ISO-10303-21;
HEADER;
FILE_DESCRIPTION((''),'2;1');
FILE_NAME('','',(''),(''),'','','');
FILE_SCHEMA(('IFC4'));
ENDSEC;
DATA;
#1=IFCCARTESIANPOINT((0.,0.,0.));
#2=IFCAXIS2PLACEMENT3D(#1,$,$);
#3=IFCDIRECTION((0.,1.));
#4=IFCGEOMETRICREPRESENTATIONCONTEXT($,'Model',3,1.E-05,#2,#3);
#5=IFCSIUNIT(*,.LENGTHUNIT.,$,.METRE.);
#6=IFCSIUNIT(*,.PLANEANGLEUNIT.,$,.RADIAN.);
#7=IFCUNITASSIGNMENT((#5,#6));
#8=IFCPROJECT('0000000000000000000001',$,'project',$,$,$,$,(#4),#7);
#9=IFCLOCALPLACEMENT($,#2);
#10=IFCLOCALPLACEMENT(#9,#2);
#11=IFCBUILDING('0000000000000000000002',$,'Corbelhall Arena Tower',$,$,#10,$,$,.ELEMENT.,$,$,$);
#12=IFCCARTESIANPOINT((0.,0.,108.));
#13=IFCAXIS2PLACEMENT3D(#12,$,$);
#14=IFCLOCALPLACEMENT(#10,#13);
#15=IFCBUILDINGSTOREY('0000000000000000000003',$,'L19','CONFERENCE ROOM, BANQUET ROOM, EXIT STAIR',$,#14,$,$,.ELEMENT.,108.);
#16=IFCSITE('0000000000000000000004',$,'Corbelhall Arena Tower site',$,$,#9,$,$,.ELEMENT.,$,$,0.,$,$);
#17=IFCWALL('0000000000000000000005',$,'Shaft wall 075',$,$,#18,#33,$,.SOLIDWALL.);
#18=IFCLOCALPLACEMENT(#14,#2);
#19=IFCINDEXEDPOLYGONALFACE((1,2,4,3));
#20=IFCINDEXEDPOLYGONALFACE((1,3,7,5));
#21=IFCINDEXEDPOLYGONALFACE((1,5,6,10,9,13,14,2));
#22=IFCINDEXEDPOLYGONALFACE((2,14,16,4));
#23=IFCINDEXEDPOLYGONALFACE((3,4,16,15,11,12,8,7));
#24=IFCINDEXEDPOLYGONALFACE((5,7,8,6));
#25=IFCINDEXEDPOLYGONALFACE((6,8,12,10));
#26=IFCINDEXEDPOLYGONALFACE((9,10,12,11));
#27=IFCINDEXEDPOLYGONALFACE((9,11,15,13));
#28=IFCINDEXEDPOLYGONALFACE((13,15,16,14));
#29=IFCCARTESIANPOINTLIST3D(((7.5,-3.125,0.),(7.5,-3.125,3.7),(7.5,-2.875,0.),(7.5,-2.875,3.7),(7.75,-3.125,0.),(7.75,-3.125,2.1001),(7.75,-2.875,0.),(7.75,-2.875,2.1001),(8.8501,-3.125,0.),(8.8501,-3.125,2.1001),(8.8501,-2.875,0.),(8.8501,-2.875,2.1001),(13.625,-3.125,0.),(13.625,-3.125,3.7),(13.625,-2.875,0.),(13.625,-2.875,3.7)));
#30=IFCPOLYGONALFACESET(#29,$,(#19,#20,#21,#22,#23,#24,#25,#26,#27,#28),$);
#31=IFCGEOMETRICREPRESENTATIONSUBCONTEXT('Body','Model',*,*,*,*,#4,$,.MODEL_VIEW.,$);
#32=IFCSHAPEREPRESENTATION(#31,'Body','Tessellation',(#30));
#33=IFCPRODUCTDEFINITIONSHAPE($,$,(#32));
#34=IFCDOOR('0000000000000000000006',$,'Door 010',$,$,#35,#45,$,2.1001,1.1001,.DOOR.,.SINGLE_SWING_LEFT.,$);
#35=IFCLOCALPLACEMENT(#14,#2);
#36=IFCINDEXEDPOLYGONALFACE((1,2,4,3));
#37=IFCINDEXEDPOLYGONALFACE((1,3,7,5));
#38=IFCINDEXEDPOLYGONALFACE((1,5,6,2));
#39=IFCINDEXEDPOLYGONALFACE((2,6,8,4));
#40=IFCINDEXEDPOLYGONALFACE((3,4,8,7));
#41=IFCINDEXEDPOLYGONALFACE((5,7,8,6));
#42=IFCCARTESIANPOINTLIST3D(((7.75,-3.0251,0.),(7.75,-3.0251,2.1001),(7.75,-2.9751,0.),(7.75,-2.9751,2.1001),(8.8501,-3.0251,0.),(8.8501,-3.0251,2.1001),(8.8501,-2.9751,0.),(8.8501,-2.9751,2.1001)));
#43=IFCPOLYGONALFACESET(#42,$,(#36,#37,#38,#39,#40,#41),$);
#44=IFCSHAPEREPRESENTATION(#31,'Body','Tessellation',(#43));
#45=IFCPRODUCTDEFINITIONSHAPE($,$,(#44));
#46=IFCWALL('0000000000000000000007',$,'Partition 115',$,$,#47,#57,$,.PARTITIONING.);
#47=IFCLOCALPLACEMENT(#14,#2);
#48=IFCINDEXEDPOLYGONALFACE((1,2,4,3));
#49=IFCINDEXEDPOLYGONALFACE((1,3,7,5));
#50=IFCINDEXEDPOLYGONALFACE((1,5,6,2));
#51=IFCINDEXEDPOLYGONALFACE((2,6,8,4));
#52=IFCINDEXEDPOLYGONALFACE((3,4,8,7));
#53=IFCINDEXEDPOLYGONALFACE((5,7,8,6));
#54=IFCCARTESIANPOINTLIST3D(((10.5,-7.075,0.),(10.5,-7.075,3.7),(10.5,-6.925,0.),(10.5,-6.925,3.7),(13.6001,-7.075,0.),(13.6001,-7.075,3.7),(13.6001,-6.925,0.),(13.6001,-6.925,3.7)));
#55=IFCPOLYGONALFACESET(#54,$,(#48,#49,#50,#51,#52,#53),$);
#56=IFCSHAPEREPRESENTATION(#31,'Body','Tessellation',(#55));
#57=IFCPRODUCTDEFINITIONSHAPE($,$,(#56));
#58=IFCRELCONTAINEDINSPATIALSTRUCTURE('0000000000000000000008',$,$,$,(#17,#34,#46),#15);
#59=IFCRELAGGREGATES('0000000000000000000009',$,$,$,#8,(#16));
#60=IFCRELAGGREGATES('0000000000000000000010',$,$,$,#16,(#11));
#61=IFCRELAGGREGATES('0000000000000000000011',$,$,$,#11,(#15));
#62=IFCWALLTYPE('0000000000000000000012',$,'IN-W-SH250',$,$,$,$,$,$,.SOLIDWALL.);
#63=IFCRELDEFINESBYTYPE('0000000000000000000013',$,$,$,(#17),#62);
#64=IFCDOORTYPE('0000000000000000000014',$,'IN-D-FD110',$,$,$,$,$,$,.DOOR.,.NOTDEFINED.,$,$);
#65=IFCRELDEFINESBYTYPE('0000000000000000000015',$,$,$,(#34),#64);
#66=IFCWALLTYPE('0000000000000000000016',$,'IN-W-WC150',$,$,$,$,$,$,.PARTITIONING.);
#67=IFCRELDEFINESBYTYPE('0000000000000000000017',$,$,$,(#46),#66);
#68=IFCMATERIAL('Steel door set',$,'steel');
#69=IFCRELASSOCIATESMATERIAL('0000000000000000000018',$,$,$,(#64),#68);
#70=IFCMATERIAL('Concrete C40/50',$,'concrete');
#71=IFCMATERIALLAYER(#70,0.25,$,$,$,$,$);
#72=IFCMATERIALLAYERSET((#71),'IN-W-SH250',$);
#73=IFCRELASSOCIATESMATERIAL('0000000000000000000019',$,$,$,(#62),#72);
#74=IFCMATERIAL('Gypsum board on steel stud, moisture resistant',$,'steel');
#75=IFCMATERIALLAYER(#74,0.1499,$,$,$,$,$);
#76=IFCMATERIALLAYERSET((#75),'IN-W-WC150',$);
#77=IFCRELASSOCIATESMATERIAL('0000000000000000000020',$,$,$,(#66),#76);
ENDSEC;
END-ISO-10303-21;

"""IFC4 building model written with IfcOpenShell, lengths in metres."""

from ifc_helpers import new_model, si_unit, direction, frame, frame_2d, origin, place, context, subcontext, project, spatial, rectangle, extrude, material, layer, layer_set, type_object, element, fill, save


model = new_model("IFC4")

# Units and contexts
model_context = context("Model", 3, precision=1e-05, world=origin(), true_north=direction((0.0, 1.0)))
body_context = subcontext(model_context, "Body", "Model", "MODEL_VIEW")
ifc_project = project(units=[si_unit("LENGTHUNIT", "METRE"), si_unit("PLANEANGLEUNIT", "RADIAN")], contexts=[model_context])

# Site, building, storey
site_placement = place(None, origin())
site = spatial("IfcSite", under=ifc_project, at=site_placement, Name="Corbelhall Arena Tower site", CompositionType="ELEMENT", RefElevation=0.0)
building_placement = place(site_placement, origin())
building = spatial("IfcBuilding", under=site, at=building_placement, Name="Corbelhall Arena Tower", CompositionType="ELEMENT")
storey_placement = place(building_placement, frame((0.0, 0.0, 108.0)))
storey = spatial("IfcBuildingStorey", under=building, at=storey_placement, Name="L19", Description="CONFERENCE ROOM, BANQUET ROOM, EXIT STAIR", CompositionType="ELEMENT", Elevation=108.0)

# Shared definitions
ifc_material_1 = material(Name="Concrete C40/50", Category="concrete")

# Shared definitions
ifc_material_2 = material(Name="Steel door set", Category="steel")
door_type = type_object("IfcDoorType", Name="IN-D-FD110", OperationType="NOTDEFINED", PredefinedType="DOOR", material=ifc_material_2)

# Wall, opening, door
ifc_layer_1 = layer(ifc_material_1, 0.25)
ifc_layer_set_1 = layer_set([ifc_layer_1], Name="IN-W-SH250")
wall_type_1 = type_object("IfcWallType", Name="IN-W-SH250", PredefinedType="SOLIDWALL", material=ifc_layer_set_1)
wall_1_placement = place(storey_placement, frame((7.5, -3.0, 0.0), z_axis=(0.0, 0.0, 1.0), x_axis=(1.0, 0.0, 0.0)))
wall_1 = element("IfcWall", 1, at=wall_1_placement, inside=storey, type_object=wall_type_1, Name="Shaft wall 075", PredefinedType="SOLIDWALL", context=body_context, shape_type="SweptSolid", body=[
    extrude(rectangle(XDim=6.125, YDim=0.25, at=frame_2d((3.0625, 0.0))), origin(), (0.0, 0.0, 1.0), 3.7),
])
opening_1_placement = place(wall_1_placement, frame((0.25, 0.0, 0.0)))
opening_1 = element("IfcOpeningElement", 2, at=opening_1_placement, cuts=wall_1, PredefinedType="OPENING", context=body_context, shape_type="SweptSolid", body=[
    extrude(rectangle(XDim=1.1001, YDim=2.1001, at=frame_2d((0.55, 1.05))), frame((0.0, 0.125, 0.0), z_axis=(0.0, -1.0, 0.0), x_axis=(1.0, 0.0, 0.0)), (0.0, 0.0, 1.0), 0.25),
])
door_1_placement = place(opening_1_placement, origin())
door_1 = element("IfcDoor", 3, at=door_1_placement, inside=storey, type_object=door_type, Name="Door 010", OperationType="SINGLE_SWING_LEFT", OverallHeight=2.1001, OverallWidth=1.1001, PredefinedType="DOOR", context=body_context, shape_type="SweptSolid", body=[
    extrude(rectangle(XDim=1.1001, YDim=2.1001, at=frame_2d((0.55, 1.05))), frame((0.0, 0.0249, 0.0), z_axis=(0.0, -1.0, 0.0), x_axis=(1.0, 0.0, 0.0)), (0.0, 0.0, 1.0), 0.05),
])
fill(opening_1, door_1)

# Wall
ifc_material_3 = material(Name="Gypsum board on steel stud, moisture resistant", Category="steel")
ifc_layer_2 = layer(ifc_material_3, 0.1499)
ifc_layer_set_2 = layer_set([ifc_layer_2], Name="IN-W-WC150")
wall_type_2 = type_object("IfcWallType", Name="IN-W-WC150", PredefinedType="PARTITIONING", material=ifc_layer_set_2)
wall_2_placement = place(storey_placement, frame((10.5, -7.0, 0.0), z_axis=(0.0, 0.0, 1.0), x_axis=(1.0, 0.0, 0.0)))
element("IfcWall", 4, at=wall_2_placement, inside=storey, type_object=wall_type_2, Name="Partition 115", PredefinedType="PARTITIONING", context=body_context, shape_type="SweptSolid", body=[
    extrude(rectangle(XDim=3.1001, YDim=0.1499, at=frame_2d((1.55, 0.0))), origin(), (0.0, 0.0, 1.0), 3.7),
])

save(model, "model.ifc")
